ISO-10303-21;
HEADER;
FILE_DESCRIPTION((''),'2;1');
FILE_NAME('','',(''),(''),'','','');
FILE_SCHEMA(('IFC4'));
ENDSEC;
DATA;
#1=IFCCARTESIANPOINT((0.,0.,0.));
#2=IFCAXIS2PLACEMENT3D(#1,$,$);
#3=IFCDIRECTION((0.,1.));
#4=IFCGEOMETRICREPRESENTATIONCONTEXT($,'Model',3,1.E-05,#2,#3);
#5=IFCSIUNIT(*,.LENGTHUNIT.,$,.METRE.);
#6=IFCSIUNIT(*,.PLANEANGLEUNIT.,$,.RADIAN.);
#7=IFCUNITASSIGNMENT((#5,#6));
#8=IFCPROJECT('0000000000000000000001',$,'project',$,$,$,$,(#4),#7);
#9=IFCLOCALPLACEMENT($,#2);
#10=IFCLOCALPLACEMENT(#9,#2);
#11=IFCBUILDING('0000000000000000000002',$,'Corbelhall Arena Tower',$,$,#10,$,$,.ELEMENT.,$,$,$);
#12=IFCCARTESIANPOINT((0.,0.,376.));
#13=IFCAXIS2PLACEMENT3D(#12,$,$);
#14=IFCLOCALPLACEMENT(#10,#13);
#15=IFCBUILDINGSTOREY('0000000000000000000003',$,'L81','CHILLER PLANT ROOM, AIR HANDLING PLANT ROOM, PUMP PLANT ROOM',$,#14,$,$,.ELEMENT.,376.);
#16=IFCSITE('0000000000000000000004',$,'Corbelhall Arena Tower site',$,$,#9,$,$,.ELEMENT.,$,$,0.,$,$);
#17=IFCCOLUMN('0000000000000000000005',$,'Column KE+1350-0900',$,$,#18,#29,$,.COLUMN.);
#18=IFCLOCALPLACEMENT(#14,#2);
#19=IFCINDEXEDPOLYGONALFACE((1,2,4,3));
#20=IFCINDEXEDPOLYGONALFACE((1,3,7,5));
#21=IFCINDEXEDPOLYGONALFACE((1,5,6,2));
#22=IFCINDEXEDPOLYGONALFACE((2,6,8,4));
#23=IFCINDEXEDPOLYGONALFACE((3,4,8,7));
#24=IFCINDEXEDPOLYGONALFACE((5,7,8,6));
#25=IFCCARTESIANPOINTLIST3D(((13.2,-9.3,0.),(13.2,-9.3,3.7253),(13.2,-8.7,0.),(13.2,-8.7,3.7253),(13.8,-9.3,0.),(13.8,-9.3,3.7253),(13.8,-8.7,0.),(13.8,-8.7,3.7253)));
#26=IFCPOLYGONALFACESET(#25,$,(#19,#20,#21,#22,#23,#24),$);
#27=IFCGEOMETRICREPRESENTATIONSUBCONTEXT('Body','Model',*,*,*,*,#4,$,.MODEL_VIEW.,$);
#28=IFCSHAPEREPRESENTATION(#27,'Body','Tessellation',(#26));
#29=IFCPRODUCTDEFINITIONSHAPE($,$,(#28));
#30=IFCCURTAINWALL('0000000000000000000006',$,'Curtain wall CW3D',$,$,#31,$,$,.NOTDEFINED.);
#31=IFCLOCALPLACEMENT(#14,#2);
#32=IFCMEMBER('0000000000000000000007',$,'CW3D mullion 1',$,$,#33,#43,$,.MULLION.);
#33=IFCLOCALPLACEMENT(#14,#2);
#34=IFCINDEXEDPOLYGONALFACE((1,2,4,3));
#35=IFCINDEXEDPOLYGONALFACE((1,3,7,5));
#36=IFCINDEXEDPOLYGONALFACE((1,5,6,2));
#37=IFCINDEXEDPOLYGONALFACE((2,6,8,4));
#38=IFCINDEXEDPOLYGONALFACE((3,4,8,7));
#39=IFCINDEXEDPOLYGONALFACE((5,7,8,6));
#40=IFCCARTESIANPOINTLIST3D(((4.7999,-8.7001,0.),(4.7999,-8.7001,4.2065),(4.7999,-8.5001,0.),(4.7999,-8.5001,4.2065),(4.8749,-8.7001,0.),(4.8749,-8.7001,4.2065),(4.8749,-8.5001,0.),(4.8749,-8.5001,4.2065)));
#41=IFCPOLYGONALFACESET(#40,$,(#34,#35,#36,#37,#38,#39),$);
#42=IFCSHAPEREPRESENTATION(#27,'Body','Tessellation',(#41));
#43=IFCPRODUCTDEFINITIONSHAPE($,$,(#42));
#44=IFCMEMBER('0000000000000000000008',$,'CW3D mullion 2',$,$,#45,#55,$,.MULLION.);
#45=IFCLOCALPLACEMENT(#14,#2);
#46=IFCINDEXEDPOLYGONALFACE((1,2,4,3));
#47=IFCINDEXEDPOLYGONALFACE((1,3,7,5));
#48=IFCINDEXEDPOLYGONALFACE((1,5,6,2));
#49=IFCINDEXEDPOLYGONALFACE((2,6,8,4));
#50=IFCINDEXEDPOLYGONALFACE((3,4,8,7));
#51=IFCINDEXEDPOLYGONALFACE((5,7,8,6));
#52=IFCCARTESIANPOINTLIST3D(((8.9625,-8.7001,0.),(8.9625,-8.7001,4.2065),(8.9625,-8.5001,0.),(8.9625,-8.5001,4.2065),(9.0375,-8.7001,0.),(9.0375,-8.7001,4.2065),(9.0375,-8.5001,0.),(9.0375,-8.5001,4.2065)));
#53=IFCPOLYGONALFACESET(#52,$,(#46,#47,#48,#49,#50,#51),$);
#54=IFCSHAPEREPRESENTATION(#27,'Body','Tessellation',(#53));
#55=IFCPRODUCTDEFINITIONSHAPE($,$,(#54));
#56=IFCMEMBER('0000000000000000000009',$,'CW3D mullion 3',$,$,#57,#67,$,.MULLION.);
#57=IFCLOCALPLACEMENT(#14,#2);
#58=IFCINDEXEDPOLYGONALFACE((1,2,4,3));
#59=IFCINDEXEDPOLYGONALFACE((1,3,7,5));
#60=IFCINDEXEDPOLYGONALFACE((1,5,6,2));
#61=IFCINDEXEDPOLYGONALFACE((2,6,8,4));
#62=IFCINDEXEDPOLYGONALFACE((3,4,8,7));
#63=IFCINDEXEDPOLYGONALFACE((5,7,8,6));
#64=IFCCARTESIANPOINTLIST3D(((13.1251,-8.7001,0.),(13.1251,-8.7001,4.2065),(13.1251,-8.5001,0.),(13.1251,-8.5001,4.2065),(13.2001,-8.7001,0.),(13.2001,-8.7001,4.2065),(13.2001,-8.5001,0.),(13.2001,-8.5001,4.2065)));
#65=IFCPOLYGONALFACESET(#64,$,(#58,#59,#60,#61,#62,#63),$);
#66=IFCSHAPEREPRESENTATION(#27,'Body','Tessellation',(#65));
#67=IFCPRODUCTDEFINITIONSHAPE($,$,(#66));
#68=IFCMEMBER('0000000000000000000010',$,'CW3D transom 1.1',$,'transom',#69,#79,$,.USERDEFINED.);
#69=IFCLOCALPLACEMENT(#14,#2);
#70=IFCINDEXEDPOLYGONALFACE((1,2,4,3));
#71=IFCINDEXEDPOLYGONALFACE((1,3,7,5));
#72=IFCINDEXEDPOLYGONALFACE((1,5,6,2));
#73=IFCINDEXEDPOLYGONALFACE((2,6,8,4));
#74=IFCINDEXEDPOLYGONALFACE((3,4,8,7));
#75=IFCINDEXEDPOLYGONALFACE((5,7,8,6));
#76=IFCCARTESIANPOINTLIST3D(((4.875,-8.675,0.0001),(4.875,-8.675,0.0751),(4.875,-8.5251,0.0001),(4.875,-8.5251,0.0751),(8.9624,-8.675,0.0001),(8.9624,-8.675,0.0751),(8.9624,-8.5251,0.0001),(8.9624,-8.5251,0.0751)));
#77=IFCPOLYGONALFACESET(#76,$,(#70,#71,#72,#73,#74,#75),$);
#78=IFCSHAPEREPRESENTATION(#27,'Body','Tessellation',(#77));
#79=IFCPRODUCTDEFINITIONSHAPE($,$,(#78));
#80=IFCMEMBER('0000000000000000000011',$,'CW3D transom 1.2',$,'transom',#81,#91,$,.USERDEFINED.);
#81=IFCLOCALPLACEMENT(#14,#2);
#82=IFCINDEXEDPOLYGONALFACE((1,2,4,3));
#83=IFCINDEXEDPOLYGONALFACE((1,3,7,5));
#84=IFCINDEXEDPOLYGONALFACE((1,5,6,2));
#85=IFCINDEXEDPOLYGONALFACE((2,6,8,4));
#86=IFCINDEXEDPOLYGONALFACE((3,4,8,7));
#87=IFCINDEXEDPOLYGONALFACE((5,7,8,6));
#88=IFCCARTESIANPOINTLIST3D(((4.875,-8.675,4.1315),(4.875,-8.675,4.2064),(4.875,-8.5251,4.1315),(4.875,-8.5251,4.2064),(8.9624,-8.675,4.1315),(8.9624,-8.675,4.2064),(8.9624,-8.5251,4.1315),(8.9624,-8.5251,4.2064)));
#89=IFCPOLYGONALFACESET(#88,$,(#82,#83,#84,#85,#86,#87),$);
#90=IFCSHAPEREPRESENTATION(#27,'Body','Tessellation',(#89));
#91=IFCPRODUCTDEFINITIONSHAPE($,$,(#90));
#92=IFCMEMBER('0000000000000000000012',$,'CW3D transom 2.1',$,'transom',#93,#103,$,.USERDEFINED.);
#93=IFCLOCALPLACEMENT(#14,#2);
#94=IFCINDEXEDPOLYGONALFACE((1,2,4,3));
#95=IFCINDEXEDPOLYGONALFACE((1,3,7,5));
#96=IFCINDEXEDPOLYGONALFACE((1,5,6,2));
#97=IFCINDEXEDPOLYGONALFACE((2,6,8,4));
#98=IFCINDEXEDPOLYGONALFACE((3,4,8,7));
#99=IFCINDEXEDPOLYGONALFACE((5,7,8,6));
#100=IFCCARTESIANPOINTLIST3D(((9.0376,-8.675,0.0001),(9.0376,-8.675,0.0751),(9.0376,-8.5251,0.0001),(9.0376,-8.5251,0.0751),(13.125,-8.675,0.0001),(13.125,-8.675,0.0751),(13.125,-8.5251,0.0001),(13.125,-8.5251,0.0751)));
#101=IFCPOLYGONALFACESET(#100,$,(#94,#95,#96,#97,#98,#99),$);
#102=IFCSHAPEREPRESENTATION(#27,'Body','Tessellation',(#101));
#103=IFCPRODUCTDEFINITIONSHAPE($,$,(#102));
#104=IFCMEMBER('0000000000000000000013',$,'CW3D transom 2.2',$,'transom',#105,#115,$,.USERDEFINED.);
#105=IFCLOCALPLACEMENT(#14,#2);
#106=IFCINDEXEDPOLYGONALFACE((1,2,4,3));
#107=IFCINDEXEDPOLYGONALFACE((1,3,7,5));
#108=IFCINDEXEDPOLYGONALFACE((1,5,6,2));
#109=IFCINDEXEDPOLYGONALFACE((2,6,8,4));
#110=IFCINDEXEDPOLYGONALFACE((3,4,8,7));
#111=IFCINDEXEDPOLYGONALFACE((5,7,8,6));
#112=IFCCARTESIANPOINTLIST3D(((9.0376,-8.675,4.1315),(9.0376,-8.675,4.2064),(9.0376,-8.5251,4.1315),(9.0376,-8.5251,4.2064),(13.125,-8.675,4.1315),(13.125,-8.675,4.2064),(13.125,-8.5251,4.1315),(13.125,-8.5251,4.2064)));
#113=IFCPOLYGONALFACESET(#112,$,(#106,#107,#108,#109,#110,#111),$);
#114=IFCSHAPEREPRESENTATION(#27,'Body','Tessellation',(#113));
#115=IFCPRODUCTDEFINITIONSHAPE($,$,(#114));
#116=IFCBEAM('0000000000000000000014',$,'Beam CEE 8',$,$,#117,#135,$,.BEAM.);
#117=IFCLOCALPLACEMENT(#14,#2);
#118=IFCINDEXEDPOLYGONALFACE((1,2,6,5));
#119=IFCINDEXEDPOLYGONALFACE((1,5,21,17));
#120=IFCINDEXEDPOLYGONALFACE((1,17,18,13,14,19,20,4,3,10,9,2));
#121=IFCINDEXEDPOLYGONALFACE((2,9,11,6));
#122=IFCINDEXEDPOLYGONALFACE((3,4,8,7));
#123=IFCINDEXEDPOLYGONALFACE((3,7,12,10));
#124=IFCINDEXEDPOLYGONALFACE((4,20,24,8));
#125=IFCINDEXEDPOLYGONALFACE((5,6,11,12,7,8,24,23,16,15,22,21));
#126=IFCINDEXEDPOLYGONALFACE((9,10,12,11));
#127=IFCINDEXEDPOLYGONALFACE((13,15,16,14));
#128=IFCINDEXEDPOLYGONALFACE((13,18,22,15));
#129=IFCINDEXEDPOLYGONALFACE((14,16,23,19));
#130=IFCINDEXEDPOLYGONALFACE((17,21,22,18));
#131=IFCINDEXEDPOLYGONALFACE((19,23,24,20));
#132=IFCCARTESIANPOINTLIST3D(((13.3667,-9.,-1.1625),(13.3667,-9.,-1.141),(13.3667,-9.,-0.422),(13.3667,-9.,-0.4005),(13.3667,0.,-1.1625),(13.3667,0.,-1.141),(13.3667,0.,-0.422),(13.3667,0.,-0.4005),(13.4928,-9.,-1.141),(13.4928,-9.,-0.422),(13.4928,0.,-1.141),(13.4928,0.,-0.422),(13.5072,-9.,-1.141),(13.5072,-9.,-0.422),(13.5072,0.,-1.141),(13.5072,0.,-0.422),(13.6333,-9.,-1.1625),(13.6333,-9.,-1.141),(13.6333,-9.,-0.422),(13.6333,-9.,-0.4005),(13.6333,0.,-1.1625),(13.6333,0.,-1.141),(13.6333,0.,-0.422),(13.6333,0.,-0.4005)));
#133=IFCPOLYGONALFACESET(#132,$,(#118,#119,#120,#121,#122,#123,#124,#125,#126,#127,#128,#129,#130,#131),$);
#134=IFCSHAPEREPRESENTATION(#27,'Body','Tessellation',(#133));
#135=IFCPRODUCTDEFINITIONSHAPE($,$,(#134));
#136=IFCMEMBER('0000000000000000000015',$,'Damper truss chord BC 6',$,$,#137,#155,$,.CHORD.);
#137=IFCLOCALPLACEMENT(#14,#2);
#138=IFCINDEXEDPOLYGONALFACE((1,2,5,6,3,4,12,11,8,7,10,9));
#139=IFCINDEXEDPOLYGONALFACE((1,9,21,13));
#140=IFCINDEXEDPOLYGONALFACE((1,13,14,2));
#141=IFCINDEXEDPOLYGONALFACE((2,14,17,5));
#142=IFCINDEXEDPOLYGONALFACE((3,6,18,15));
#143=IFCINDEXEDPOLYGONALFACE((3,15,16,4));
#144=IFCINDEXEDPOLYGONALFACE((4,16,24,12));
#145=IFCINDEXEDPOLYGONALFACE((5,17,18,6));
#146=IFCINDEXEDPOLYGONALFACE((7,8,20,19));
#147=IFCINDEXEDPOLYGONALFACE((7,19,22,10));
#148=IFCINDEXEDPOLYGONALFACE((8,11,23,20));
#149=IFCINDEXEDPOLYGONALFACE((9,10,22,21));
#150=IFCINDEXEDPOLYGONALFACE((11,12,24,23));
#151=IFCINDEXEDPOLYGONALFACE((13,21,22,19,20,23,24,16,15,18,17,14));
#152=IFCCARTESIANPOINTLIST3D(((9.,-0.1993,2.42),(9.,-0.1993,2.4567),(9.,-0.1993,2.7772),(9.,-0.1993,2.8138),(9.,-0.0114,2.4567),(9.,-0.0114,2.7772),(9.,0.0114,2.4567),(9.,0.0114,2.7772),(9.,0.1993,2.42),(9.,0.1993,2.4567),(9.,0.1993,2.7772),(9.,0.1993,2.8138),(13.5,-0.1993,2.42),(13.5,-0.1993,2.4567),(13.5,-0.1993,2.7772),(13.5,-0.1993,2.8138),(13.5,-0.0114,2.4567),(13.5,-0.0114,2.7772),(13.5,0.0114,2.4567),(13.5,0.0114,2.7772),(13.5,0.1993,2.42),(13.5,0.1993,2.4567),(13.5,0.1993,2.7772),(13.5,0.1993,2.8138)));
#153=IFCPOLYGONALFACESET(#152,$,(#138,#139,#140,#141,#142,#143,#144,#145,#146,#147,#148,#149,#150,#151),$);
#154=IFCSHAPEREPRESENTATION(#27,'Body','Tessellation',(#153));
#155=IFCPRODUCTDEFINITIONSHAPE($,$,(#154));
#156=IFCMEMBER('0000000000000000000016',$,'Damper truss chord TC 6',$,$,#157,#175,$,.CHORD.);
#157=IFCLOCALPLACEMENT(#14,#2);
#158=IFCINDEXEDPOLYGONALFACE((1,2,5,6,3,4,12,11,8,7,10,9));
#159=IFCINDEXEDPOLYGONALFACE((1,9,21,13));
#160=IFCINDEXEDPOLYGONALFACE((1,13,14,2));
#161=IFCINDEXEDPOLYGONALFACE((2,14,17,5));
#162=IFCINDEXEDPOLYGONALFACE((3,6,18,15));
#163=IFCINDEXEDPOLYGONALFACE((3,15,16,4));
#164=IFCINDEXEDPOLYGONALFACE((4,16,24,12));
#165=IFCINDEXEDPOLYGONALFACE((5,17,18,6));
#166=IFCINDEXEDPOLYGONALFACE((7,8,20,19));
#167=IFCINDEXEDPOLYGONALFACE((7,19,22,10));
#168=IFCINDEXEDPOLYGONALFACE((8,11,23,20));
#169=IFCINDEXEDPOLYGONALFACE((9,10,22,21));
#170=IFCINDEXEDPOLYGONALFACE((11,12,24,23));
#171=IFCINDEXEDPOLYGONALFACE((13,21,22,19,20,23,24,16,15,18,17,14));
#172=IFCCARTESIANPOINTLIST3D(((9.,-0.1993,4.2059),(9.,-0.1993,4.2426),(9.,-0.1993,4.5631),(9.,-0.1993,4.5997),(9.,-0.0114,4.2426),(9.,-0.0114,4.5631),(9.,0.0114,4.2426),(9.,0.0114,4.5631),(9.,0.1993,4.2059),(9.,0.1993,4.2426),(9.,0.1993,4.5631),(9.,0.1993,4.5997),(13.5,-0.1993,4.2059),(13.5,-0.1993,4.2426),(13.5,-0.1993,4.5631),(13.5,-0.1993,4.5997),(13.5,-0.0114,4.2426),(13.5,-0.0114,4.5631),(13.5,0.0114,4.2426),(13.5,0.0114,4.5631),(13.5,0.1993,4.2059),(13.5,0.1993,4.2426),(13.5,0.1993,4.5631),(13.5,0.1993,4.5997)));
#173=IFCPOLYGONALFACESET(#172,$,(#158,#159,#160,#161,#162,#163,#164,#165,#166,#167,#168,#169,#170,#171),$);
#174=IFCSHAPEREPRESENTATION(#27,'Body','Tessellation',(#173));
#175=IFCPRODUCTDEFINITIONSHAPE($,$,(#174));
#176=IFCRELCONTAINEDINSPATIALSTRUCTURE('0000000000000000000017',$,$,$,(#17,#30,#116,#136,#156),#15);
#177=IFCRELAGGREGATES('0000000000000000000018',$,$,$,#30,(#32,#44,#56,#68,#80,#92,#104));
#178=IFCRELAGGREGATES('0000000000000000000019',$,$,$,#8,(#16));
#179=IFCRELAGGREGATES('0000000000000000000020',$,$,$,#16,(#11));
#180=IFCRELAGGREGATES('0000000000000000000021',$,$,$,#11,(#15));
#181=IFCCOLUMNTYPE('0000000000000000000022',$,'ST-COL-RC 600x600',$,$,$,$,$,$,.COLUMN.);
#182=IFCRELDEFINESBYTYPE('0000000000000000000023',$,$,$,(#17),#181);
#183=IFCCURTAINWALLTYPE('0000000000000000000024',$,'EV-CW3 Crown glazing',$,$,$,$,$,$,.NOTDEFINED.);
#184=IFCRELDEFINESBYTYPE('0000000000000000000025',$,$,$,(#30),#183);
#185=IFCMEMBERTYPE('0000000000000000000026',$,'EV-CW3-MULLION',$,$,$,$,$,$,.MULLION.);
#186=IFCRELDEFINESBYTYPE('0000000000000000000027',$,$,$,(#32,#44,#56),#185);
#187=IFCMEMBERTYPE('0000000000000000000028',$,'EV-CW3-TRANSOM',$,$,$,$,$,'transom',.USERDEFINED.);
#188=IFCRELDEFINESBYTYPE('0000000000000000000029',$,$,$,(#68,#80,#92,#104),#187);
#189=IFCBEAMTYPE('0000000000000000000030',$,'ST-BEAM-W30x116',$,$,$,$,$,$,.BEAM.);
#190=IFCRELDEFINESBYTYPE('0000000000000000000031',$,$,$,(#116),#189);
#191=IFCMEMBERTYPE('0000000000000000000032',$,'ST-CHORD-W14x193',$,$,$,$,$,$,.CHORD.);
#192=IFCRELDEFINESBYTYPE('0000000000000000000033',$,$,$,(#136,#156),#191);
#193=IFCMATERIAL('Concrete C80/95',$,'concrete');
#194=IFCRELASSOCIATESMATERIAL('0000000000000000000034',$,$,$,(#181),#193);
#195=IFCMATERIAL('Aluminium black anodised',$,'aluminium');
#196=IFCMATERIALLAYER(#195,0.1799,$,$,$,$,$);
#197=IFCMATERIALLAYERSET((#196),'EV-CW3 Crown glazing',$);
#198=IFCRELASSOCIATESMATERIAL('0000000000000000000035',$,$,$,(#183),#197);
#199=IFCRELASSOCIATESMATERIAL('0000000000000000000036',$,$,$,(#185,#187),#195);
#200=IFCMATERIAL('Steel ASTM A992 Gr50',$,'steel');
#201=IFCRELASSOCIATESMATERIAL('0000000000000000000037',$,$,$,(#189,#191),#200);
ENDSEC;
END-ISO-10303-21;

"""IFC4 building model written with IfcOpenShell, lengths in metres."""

from ifc_helpers import new_model, si_unit, direction, frame, origin, origin_2d, place, context, subcontext, project, spatial, rectangle, i_section, extrude, material, layer, layer_set, material_profile, profile_set, type_object, element, aggregate, save


model = new_model("IFC4")

# Units and contexts
model_context = context("Model", 3, precision=1e-05, world=origin(), true_north=direction((0.0, 1.0)))
body_context = subcontext(model_context, "Body", "Model", "MODEL_VIEW")
ifc_project = project(units=[si_unit("LENGTHUNIT", "METRE"), si_unit("PLANEANGLEUNIT", "RADIAN")], contexts=[model_context])

# Site, building, storey
site_placement = place(None, origin())
site = spatial("IfcSite", under=ifc_project, at=site_placement, Name="Corbelhall Arena Tower site", CompositionType="ELEMENT", RefElevation=0.0)
building_placement = place(site_placement, origin())
building = spatial("IfcBuilding", under=site, at=building_placement, Name="Corbelhall Arena Tower", CompositionType="ELEMENT")
storey_placement = place(building_placement, frame((0.0, 0.0, 376.0)))
storey = spatial("IfcBuildingStorey", under=building, at=storey_placement, Name="L81", Description="CHILLER PLANT ROOM, AIR HANDLING PLANT ROOM, PUMP PLANT ROOM", CompositionType="ELEMENT", Elevation=376.0)

# Column
ifc_material_1 = material(Name="Concrete C80/95", Category="concrete")
ifc_material_profile_1 = material_profile(ifc_material_1, rectangle(XDim=0.6001, YDim=0.6001, at=origin_2d()))
ifc_profile_set_1 = profile_set([ifc_material_profile_1], Name="Concrete C80/95")
column_type = type_object("IfcColumnType", Name="ST-COL-RC 600x600", PredefinedType="COLUMN", material=ifc_profile_set_1)
column_placement = place(storey_placement, frame((13.5, -9.0, 0.0), z_axis=(0.0, 0.0, 1.0), x_axis=(1.0, 0.0, 0.0)))
element("IfcColumn", 1, at=column_placement, inside=storey, type_object=column_type, Name="Column KE+1350-0900", PredefinedType="COLUMN", context=body_context, shape_type="SweptSolid", body=[
    extrude(rectangle(XDim=0.6001, YDim=0.6001, at=origin_2d()), origin(), (0.0, 0.0, 1.0), 3.7253),
])

# Curtain wall, members
ifc_material_2 = material(Name="Aluminium black anodised", Category="aluminium")
ifc_layer_1 = layer(ifc_material_2, 0.1799)
ifc_layer_set_1 = layer_set([ifc_layer_1], Name="EV-CW3 Crown glazing")
curtain_wall_type = type_object("IfcCurtainWallType", Name="EV-CW3 Crown glazing", PredefinedType="NOTDEFINED", material=ifc_layer_set_1)
curtain_wall_placement = place(storey_placement, origin())
curtain_wall = element("IfcCurtainWall", 2, at=curtain_wall_placement, inside=storey, type_object=curtain_wall_type, Name="Curtain wall CW3D", PredefinedType="NOTDEFINED")
ifc_material_profile_2 = material_profile(ifc_material_2, rectangle(XDim=0.2, YDim=0.075, at=origin_2d()))
ifc_profile_set_2 = profile_set([ifc_material_profile_2], Name="Aluminium black anodised")
member_type_1 = type_object("IfcMemberType", Name="EV-CW3-MULLION", PredefinedType="MULLION", material=ifc_profile_set_2)
member_1_placement = place(storey_placement, frame((4.8374, -8.6001, 0.0), z_axis=(0.0, 0.0, 1.0), x_axis=(0.0, 1.0, 0.0)))
member_1 = element("IfcMember", 3, at=member_1_placement, type_object=member_type_1, Name="CW3D mullion 1", PredefinedType="MULLION", context=body_context, shape_type="SweptSolid", body=[
    extrude(rectangle(XDim=0.2, YDim=0.075, at=origin_2d()), origin(), (0.0, 0.0, 1.0), 4.2065),
])
member_2_placement = place(storey_placement, frame((9.0, -8.6001, 0.0), z_axis=(0.0, 0.0, 1.0), x_axis=(0.0, 1.0, 0.0)))
member_2 = element("IfcMember", 4, at=member_2_placement, type_object=member_type_1, Name="CW3D mullion 2", PredefinedType="MULLION", context=body_context, shape_type="SweptSolid", body=[
    extrude(rectangle(XDim=0.2, YDim=0.075, at=origin_2d()), origin(), (0.0, 0.0, 1.0), 4.2065),
])
member_3_placement = place(storey_placement, frame((13.1626, -8.6001, 0.0), z_axis=(0.0, 0.0, 1.0), x_axis=(0.0, 1.0, 0.0)))
member_3 = element("IfcMember", 5, at=member_3_placement, type_object=member_type_1, Name="CW3D mullion 3", PredefinedType="MULLION", context=body_context, shape_type="SweptSolid", body=[
    extrude(rectangle(XDim=0.2, YDim=0.075, at=origin_2d()), origin(), (0.0, 0.0, 1.0), 4.2065),
])
ifc_material_profile_3 = material_profile(ifc_material_2, rectangle(XDim=0.1499, YDim=0.075, at=origin_2d()))
ifc_profile_set_3 = profile_set([ifc_material_profile_3], Name="Aluminium black anodised")
member_type_2 = type_object("IfcMemberType", Name="EV-CW3-TRANSOM", ElementType="transom", PredefinedType="USERDEFINED", material=ifc_profile_set_3)
member_4_placement = place(storey_placement, frame((4.875, -8.6001, 0.0376), z_axis=(1.0, 0.0, 0.0), x_axis=(0.0, 1.0, 0.0)))
member_4 = element("IfcMember", 6, at=member_4_placement, type_object=member_type_2, Name="CW3D transom 1.1", ObjectType="transom", PredefinedType="USERDEFINED", context=body_context, shape_type="SweptSolid", body=[
    extrude(rectangle(XDim=0.1499, YDim=0.075, at=origin_2d()), origin(), (0.0, 0.0, 1.0), 4.0874),
])
member_5_placement = place(storey_placement, frame((4.875, -8.6001, 4.1689), z_axis=(1.0, 0.0, 0.0), x_axis=(0.0, 1.0, 0.0)))
member_5 = element("IfcMember", 7, at=member_5_placement, type_object=member_type_2, Name="CW3D transom 1.2", ObjectType="transom", PredefinedType="USERDEFINED", context=body_context, shape_type="SweptSolid", body=[
    extrude(rectangle(XDim=0.1499, YDim=0.075, at=origin_2d()), origin(), (0.0, 0.0, 1.0), 4.0874),
])
member_6_placement = place(storey_placement, frame((9.0376, -8.6001, 0.0376), z_axis=(1.0, 0.0, 0.0), x_axis=(0.0, 1.0, 0.0)))
member_6 = element("IfcMember", 8, at=member_6_placement, type_object=member_type_2, Name="CW3D transom 2.1", ObjectType="transom", PredefinedType="USERDEFINED", context=body_context, shape_type="SweptSolid", body=[
    extrude(rectangle(XDim=0.1499, YDim=0.075, at=origin_2d()), origin(), (0.0, 0.0, 1.0), 4.0874),
])
member_7_placement = place(storey_placement, frame((9.0376, -8.6001, 4.1689), z_axis=(1.0, 0.0, 0.0), x_axis=(0.0, 1.0, 0.0)))
member_7 = element("IfcMember", 9, at=member_7_placement, type_object=member_type_2, Name="CW3D transom 2.2", ObjectType="transom", PredefinedType="USERDEFINED", context=body_context, shape_type="SweptSolid", body=[
    extrude(rectangle(XDim=0.1499, YDim=0.075, at=origin_2d()), origin(), (0.0, 0.0, 1.0), 4.0874),
])

# Beam
ifc_material_3 = material(Name="Steel ASTM A992 Gr50", Category="steel")
ifc_material_profile_4 = material_profile(ifc_material_3, i_section(OverallWidth=0.2666, OverallDepth=0.762, WebThickness=0.0144, FlangeThickness=0.0215, at=origin_2d()))
ifc_profile_set_4 = profile_set([ifc_material_profile_4], Name="Steel ASTM A992 Gr50")
beam_type_1 = type_object("IfcBeamType", Name="ST-BEAM-W30x116", PredefinedType="BEAM", material=ifc_profile_set_4)
beam_1_placement = place(storey_placement, frame((13.5, -9.0, -0.7815), z_axis=(0.0, 1.0, 0.0), x_axis=(-1.0, 0.0, 0.0)))
element("IfcBeam", 10, at=beam_1_placement, inside=storey, type_object=beam_type_1, Name="Beam CEE 8", PredefinedType="BEAM", context=body_context, shape_type="SweptSolid", body=[
    extrude(i_section(OverallWidth=0.2666, OverallDepth=0.762, WebThickness=0.0144, FlangeThickness=0.0215, at=origin_2d()), origin(), (0.0, 0.0, 1.0), 9.0),
])

# Members
ifc_material_profile_5 = material_profile(ifc_material_3, i_section(OverallWidth=0.3987, OverallDepth=0.3938, WebThickness=0.0227, FlangeThickness=0.0366, at=origin_2d()))
ifc_profile_set_5 = profile_set([ifc_material_profile_5], Name="Steel ASTM A992 Gr50")
member_type_3 = type_object("IfcMemberType", Name="ST-CHORD-W14x193", PredefinedType="CHORD", material=ifc_profile_set_5)
for number, where, z_axis, x_axis, name in (
    (11, (9.0, 0.0, 2.6169), (1.0, 0.0, 0.0), (0.0, 1.0, 0.0), "Damper truss chord BC 6"),
    (12, (9.0, 0.0, 4.4028), (1.0, 0.0, 0.0), (0.0, 1.0, 0.0), "Damper truss chord TC 6"),
):
    element("IfcMember", number, at=place(storey_placement, frame(where, z_axis=z_axis, x_axis=x_axis)), inside=storey, type_object=member_type_3, Name=name, PredefinedType="CHORD", context=body_context, shape_type="SweptSolid", body=[
        extrude(i_section(OverallWidth=0.3987, OverallDepth=0.3938, WebThickness=0.0227, FlangeThickness=0.0366, at=origin_2d()), origin(), (0.0, 0.0, 1.0), 4.5),
    ])

aggregate(curtain_wall, [member_1, member_2, member_3, member_4, member_5, member_6, member_7])

save(model, "model.ifc")
